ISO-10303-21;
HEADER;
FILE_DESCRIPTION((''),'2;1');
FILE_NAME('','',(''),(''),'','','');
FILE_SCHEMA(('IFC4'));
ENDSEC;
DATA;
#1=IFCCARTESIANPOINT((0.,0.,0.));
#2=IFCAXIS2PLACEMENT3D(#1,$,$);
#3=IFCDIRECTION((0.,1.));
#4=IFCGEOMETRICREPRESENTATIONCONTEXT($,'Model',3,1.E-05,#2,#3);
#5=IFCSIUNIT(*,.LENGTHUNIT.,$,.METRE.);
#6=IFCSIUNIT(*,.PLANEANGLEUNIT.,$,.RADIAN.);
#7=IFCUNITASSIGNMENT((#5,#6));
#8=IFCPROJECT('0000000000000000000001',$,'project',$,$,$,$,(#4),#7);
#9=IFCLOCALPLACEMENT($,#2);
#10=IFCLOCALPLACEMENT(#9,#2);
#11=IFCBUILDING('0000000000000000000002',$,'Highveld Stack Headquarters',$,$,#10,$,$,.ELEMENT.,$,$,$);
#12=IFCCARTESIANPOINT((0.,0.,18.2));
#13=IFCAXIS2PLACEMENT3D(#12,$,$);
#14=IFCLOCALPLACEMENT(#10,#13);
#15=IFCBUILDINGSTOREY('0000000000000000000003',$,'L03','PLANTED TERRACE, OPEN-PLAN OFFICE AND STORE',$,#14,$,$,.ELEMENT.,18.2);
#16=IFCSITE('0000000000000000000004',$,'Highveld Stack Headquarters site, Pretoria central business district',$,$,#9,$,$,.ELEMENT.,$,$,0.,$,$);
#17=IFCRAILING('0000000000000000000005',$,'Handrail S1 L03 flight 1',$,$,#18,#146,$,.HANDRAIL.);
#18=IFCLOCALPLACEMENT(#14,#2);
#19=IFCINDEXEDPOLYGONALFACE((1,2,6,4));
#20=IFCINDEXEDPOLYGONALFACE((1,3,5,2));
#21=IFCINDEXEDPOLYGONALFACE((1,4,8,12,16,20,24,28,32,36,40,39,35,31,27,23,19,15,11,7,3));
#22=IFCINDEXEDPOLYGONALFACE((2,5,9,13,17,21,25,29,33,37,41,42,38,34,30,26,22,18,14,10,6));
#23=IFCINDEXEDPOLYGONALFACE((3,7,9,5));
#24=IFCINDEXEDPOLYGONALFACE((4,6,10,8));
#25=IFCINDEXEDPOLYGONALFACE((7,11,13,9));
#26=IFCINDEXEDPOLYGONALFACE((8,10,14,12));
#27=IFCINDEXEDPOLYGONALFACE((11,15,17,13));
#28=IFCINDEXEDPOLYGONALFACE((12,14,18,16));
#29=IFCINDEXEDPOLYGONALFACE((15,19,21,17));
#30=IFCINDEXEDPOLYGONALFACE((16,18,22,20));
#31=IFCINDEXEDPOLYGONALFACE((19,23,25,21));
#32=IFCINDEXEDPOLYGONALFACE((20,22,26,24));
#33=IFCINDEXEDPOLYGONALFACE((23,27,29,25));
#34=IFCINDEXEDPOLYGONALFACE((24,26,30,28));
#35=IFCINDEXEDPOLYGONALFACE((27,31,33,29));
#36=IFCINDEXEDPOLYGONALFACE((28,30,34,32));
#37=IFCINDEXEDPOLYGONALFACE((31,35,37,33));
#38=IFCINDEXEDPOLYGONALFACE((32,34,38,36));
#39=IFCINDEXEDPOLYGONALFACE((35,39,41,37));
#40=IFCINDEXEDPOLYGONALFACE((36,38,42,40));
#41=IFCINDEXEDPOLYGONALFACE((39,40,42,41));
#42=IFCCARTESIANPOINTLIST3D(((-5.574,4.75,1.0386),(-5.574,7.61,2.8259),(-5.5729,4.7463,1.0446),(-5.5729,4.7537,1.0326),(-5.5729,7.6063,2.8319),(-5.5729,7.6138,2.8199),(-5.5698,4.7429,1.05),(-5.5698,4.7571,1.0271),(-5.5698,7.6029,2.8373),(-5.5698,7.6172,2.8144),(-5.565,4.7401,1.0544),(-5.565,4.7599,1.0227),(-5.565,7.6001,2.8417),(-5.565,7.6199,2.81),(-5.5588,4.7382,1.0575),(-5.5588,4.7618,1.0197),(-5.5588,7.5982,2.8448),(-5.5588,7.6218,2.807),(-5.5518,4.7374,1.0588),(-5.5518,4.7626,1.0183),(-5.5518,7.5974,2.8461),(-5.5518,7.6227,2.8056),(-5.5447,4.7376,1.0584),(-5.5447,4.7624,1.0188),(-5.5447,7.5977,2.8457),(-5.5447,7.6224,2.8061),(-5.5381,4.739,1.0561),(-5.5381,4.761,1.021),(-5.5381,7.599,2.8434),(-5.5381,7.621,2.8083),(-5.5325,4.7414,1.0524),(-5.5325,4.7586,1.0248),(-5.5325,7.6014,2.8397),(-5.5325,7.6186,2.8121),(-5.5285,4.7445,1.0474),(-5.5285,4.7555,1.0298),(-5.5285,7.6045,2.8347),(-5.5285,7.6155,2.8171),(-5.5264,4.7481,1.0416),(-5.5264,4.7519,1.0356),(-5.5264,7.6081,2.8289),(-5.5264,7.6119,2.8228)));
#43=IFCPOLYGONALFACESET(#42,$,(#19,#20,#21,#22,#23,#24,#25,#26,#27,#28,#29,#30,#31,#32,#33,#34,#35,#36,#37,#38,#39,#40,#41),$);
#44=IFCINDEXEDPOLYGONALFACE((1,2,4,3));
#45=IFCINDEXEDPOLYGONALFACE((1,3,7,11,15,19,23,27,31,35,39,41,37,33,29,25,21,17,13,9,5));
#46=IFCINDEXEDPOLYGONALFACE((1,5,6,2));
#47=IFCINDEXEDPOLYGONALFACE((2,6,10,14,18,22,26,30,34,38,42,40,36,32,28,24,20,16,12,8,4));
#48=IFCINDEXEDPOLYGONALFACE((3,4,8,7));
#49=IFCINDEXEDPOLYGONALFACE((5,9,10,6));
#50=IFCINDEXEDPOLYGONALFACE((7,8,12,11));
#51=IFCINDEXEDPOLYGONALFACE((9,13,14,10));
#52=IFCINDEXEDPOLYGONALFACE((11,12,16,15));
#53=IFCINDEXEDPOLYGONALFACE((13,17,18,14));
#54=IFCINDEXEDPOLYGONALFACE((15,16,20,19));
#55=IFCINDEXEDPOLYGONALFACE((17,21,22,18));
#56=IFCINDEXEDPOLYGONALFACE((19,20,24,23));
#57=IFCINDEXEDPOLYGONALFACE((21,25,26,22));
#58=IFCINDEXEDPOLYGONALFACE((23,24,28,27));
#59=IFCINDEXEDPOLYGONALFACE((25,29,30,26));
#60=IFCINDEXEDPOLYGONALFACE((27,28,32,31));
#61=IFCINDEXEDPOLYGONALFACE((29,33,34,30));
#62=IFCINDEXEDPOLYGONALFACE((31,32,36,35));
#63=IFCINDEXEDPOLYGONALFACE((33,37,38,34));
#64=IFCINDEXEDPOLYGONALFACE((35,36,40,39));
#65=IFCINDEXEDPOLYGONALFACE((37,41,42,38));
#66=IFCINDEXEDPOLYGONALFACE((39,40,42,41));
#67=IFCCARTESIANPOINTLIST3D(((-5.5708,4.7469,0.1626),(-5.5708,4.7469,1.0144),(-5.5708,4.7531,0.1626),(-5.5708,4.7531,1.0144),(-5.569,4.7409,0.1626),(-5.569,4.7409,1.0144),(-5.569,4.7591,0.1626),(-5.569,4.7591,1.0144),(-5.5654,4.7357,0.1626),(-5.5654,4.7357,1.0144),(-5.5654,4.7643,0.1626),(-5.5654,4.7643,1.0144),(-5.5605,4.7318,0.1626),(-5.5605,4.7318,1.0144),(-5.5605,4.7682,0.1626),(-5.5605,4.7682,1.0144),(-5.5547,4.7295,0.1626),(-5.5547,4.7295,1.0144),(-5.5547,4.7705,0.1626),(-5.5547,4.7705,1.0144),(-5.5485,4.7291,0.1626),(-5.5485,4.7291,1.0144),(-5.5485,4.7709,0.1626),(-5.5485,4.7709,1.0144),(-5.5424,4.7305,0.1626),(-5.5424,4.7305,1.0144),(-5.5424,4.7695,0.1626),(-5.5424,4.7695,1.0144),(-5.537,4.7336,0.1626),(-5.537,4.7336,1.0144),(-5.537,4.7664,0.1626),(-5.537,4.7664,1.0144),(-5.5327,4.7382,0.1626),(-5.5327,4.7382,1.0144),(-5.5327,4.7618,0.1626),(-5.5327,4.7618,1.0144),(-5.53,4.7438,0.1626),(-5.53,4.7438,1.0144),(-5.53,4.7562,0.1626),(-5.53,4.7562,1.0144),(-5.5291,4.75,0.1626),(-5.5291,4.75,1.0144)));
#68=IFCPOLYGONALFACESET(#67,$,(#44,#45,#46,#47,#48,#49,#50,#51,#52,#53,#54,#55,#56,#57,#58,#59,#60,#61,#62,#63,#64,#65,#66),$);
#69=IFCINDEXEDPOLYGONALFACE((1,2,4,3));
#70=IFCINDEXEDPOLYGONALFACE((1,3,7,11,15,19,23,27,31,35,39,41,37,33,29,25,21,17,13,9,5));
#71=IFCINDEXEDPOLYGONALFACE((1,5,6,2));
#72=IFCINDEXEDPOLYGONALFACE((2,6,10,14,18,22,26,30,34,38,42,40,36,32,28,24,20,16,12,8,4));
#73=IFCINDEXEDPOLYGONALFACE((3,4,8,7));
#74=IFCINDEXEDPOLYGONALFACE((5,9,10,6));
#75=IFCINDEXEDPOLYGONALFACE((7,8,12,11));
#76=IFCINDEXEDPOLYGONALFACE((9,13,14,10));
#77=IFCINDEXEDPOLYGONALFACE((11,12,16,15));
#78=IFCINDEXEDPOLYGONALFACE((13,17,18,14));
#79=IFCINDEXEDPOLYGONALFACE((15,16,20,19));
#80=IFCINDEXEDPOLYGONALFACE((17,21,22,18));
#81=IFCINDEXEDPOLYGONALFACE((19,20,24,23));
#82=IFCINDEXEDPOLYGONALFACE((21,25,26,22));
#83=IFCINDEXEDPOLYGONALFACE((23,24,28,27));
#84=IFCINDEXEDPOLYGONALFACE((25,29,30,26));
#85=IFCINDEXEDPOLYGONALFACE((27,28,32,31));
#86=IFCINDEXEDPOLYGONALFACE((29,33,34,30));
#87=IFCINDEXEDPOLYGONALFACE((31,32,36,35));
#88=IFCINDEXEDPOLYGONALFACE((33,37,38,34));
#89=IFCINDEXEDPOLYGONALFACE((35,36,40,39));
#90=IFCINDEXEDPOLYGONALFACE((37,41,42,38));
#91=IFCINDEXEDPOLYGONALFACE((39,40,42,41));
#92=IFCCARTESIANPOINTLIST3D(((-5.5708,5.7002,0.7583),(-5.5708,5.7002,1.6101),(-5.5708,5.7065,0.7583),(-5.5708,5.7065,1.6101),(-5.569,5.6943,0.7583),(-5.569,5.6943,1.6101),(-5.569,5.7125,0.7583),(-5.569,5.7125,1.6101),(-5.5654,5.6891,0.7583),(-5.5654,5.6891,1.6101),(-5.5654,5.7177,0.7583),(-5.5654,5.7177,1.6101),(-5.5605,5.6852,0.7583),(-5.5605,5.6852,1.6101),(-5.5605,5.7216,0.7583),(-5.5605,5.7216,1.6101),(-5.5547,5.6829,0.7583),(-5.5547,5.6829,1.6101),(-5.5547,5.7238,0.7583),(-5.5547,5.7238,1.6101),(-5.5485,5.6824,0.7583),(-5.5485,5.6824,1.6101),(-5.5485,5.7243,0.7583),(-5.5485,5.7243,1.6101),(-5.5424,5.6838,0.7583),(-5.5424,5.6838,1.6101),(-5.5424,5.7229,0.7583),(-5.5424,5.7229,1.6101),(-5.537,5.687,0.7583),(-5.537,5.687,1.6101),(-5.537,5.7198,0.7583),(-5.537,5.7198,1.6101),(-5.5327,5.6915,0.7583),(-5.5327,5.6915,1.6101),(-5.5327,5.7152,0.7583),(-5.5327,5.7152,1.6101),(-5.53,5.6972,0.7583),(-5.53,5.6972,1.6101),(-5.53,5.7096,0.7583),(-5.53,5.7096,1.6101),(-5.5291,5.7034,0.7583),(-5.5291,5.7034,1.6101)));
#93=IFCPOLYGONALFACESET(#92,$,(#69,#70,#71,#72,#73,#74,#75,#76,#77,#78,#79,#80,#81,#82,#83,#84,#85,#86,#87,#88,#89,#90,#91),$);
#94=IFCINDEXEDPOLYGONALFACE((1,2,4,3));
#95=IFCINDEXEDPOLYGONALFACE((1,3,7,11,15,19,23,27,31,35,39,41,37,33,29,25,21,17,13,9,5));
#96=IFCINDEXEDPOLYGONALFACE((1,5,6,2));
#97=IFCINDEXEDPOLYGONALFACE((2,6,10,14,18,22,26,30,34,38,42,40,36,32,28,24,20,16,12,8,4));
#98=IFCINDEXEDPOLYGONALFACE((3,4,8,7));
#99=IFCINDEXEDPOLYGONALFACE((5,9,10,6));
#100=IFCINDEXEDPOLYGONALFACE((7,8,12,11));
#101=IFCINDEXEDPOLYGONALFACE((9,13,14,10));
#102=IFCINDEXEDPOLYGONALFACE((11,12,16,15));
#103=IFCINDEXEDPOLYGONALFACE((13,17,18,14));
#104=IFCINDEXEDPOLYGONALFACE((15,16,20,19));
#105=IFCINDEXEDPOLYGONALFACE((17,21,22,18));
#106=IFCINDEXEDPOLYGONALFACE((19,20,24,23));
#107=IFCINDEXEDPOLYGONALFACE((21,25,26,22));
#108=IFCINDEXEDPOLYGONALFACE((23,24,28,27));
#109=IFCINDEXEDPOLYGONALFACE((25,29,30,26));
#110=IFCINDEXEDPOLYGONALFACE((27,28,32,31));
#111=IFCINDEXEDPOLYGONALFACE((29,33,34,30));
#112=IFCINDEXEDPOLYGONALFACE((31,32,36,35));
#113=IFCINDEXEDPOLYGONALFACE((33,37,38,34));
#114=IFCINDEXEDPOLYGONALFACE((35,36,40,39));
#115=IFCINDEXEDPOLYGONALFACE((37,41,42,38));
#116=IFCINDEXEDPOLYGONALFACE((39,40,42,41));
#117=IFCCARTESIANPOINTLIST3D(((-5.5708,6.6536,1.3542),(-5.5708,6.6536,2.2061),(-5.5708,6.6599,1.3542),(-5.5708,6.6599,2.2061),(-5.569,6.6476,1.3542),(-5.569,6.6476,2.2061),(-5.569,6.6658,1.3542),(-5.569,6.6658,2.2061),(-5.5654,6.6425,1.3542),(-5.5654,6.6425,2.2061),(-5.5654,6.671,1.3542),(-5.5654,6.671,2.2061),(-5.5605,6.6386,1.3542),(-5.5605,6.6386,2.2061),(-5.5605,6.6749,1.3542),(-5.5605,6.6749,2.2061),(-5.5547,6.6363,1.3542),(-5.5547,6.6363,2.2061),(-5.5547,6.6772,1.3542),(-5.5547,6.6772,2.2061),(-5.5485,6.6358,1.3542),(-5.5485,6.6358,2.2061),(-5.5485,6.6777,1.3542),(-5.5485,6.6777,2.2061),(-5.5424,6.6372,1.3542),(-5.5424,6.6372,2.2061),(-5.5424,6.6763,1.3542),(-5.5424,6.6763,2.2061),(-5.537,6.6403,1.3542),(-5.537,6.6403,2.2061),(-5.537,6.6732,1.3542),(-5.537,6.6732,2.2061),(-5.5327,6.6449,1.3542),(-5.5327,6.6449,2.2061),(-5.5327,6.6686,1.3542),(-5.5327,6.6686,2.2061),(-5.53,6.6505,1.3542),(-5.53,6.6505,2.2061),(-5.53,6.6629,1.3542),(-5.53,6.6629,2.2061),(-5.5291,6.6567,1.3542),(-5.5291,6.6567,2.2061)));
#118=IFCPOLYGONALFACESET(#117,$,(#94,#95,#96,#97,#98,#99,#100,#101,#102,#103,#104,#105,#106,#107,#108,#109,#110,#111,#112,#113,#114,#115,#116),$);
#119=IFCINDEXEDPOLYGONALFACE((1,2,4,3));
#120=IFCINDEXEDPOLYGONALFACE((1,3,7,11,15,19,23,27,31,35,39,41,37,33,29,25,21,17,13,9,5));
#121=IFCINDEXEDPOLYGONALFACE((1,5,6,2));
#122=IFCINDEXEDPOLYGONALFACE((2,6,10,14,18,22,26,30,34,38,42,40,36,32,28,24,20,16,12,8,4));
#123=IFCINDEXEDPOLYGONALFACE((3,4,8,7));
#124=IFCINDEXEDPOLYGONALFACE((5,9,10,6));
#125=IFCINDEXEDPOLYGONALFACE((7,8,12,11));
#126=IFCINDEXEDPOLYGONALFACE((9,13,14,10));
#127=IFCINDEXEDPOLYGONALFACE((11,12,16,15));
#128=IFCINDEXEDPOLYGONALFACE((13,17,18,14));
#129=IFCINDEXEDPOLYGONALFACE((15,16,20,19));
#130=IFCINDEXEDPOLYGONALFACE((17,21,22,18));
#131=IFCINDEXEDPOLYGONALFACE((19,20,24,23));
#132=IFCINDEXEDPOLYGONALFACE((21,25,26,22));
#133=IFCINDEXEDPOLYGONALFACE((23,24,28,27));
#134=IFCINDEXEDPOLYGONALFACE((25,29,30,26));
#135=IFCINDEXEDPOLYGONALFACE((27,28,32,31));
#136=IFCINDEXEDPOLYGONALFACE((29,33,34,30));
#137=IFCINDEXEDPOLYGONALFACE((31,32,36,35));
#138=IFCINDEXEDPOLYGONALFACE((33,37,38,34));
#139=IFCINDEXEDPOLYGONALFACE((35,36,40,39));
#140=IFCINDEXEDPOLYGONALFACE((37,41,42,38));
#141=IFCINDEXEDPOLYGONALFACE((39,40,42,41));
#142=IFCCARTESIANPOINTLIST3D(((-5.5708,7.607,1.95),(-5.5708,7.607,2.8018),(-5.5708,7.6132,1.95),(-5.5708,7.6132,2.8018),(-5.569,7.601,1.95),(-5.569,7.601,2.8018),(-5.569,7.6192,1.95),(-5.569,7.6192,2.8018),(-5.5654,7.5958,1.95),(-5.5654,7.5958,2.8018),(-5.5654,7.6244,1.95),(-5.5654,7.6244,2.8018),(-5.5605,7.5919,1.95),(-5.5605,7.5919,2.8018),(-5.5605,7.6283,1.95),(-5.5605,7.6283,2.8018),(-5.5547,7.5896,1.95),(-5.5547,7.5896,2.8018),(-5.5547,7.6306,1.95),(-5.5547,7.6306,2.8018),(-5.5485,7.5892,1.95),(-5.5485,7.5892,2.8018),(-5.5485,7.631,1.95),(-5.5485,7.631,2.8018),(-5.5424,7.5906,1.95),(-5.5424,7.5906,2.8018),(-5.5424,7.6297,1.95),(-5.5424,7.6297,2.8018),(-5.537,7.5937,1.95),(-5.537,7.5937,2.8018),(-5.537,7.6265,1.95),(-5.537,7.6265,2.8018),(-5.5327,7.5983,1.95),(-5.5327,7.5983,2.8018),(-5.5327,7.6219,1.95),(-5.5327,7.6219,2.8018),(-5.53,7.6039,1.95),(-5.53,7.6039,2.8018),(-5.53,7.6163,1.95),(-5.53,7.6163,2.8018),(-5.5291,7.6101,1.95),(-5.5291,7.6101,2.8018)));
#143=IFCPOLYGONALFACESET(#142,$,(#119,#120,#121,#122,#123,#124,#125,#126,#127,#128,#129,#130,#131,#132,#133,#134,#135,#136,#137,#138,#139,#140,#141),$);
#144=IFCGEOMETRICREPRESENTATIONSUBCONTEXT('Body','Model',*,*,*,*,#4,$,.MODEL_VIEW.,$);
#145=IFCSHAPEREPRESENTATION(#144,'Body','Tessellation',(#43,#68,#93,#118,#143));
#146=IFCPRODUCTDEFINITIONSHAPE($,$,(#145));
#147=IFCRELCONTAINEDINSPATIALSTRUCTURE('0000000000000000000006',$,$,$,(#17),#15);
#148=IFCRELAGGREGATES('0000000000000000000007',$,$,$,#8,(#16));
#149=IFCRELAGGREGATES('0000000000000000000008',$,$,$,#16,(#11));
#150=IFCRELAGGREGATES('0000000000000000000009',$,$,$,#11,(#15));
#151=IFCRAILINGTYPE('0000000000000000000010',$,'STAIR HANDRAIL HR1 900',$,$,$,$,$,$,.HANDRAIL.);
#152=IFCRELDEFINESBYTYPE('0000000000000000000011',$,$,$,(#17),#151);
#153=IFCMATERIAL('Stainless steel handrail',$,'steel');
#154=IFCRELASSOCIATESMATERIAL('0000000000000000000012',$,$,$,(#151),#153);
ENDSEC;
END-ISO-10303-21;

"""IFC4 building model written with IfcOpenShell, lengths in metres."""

from ifc_helpers import new_model, si_unit, direction, frame, origin, origin_2d, place, context, subcontext, project, spatial, circle, extrude, material, type_object, element, save


model = new_model("IFC4")

# Units and contexts
model_context = context("Model", 3, precision=1e-05, world=origin(), true_north=direction((0.0, 1.0)))
body_context = subcontext(model_context, "Body", "Model", "MODEL_VIEW")
ifc_project = project(units=[si_unit("LENGTHUNIT", "METRE"), si_unit("PLANEANGLEUNIT", "RADIAN")], contexts=[model_context])

# Site, building, storey
site_placement = place(None, origin())
site = spatial("IfcSite", under=ifc_project, at=site_placement, Name="Highveld Stack Headquarters site, Pretoria central business district", CompositionType="ELEMENT", RefElevation=0.0)
building_placement = place(site_placement, origin())
building = spatial("IfcBuilding", under=site, at=building_placement, Name="Highveld Stack Headquarters", CompositionType="ELEMENT")
storey_placement = place(building_placement, frame((0.0, 0.0, 18.2)))
storey = spatial("IfcBuildingStorey", under=building, at=storey_placement, Name="L03", Description="PLANTED TERRACE, OPEN-PLAN OFFICE AND STORE", CompositionType="ELEMENT", Elevation=18.2)

# Railing
ifc_material_1 = material(Name="Stainless steel handrail", Category="steel")
railing_type = type_object("IfcRailingType", Name="STAIR HANDRAIL HR1 900", PredefinedType="HANDRAIL", material=ifc_material_1)
for number, where, name in (
    (1, (-5.55, 4.75, 0.1626), "Handrail S1 L03 flight 1"),
):
    element("IfcRailing", number, at=place(storey_placement, frame(where)), inside=storey, type_object=railing_type, Name=name, PredefinedType="HANDRAIL", context=body_context, shape_type="SweptSolid", body=[
        extrude(circle(Radius=0.0239, at=origin_2d()), frame((0.0, 0.0, 0.876), z_axis=(0.0, 0.848027, 0.529953), x_axis=(-1.0, 0.0, 0.0)), (0.0, 0.0, 1.0), 3.3726),
        extrude(circle(Radius=0.021, at=origin_2d()), origin(), (0.0, 0.0, 1.0), 0.8518),
        extrude(circle(Radius=0.021, at=origin_2d()), frame((0.0, 0.9534, 0.5957)), (0.0, 0.0, 1.0), 0.8518),
        extrude(circle(Radius=0.021, at=origin_2d()), frame((0.0, 1.9067, 1.1917)), (0.0, 0.0, 1.0), 0.8518),
        extrude(circle(Radius=0.021, at=origin_2d()), frame((0.0, 2.8601, 1.7874)), (0.0, 0.0, 1.0), 0.8518),
    ])

save(model, "model.ifc")
